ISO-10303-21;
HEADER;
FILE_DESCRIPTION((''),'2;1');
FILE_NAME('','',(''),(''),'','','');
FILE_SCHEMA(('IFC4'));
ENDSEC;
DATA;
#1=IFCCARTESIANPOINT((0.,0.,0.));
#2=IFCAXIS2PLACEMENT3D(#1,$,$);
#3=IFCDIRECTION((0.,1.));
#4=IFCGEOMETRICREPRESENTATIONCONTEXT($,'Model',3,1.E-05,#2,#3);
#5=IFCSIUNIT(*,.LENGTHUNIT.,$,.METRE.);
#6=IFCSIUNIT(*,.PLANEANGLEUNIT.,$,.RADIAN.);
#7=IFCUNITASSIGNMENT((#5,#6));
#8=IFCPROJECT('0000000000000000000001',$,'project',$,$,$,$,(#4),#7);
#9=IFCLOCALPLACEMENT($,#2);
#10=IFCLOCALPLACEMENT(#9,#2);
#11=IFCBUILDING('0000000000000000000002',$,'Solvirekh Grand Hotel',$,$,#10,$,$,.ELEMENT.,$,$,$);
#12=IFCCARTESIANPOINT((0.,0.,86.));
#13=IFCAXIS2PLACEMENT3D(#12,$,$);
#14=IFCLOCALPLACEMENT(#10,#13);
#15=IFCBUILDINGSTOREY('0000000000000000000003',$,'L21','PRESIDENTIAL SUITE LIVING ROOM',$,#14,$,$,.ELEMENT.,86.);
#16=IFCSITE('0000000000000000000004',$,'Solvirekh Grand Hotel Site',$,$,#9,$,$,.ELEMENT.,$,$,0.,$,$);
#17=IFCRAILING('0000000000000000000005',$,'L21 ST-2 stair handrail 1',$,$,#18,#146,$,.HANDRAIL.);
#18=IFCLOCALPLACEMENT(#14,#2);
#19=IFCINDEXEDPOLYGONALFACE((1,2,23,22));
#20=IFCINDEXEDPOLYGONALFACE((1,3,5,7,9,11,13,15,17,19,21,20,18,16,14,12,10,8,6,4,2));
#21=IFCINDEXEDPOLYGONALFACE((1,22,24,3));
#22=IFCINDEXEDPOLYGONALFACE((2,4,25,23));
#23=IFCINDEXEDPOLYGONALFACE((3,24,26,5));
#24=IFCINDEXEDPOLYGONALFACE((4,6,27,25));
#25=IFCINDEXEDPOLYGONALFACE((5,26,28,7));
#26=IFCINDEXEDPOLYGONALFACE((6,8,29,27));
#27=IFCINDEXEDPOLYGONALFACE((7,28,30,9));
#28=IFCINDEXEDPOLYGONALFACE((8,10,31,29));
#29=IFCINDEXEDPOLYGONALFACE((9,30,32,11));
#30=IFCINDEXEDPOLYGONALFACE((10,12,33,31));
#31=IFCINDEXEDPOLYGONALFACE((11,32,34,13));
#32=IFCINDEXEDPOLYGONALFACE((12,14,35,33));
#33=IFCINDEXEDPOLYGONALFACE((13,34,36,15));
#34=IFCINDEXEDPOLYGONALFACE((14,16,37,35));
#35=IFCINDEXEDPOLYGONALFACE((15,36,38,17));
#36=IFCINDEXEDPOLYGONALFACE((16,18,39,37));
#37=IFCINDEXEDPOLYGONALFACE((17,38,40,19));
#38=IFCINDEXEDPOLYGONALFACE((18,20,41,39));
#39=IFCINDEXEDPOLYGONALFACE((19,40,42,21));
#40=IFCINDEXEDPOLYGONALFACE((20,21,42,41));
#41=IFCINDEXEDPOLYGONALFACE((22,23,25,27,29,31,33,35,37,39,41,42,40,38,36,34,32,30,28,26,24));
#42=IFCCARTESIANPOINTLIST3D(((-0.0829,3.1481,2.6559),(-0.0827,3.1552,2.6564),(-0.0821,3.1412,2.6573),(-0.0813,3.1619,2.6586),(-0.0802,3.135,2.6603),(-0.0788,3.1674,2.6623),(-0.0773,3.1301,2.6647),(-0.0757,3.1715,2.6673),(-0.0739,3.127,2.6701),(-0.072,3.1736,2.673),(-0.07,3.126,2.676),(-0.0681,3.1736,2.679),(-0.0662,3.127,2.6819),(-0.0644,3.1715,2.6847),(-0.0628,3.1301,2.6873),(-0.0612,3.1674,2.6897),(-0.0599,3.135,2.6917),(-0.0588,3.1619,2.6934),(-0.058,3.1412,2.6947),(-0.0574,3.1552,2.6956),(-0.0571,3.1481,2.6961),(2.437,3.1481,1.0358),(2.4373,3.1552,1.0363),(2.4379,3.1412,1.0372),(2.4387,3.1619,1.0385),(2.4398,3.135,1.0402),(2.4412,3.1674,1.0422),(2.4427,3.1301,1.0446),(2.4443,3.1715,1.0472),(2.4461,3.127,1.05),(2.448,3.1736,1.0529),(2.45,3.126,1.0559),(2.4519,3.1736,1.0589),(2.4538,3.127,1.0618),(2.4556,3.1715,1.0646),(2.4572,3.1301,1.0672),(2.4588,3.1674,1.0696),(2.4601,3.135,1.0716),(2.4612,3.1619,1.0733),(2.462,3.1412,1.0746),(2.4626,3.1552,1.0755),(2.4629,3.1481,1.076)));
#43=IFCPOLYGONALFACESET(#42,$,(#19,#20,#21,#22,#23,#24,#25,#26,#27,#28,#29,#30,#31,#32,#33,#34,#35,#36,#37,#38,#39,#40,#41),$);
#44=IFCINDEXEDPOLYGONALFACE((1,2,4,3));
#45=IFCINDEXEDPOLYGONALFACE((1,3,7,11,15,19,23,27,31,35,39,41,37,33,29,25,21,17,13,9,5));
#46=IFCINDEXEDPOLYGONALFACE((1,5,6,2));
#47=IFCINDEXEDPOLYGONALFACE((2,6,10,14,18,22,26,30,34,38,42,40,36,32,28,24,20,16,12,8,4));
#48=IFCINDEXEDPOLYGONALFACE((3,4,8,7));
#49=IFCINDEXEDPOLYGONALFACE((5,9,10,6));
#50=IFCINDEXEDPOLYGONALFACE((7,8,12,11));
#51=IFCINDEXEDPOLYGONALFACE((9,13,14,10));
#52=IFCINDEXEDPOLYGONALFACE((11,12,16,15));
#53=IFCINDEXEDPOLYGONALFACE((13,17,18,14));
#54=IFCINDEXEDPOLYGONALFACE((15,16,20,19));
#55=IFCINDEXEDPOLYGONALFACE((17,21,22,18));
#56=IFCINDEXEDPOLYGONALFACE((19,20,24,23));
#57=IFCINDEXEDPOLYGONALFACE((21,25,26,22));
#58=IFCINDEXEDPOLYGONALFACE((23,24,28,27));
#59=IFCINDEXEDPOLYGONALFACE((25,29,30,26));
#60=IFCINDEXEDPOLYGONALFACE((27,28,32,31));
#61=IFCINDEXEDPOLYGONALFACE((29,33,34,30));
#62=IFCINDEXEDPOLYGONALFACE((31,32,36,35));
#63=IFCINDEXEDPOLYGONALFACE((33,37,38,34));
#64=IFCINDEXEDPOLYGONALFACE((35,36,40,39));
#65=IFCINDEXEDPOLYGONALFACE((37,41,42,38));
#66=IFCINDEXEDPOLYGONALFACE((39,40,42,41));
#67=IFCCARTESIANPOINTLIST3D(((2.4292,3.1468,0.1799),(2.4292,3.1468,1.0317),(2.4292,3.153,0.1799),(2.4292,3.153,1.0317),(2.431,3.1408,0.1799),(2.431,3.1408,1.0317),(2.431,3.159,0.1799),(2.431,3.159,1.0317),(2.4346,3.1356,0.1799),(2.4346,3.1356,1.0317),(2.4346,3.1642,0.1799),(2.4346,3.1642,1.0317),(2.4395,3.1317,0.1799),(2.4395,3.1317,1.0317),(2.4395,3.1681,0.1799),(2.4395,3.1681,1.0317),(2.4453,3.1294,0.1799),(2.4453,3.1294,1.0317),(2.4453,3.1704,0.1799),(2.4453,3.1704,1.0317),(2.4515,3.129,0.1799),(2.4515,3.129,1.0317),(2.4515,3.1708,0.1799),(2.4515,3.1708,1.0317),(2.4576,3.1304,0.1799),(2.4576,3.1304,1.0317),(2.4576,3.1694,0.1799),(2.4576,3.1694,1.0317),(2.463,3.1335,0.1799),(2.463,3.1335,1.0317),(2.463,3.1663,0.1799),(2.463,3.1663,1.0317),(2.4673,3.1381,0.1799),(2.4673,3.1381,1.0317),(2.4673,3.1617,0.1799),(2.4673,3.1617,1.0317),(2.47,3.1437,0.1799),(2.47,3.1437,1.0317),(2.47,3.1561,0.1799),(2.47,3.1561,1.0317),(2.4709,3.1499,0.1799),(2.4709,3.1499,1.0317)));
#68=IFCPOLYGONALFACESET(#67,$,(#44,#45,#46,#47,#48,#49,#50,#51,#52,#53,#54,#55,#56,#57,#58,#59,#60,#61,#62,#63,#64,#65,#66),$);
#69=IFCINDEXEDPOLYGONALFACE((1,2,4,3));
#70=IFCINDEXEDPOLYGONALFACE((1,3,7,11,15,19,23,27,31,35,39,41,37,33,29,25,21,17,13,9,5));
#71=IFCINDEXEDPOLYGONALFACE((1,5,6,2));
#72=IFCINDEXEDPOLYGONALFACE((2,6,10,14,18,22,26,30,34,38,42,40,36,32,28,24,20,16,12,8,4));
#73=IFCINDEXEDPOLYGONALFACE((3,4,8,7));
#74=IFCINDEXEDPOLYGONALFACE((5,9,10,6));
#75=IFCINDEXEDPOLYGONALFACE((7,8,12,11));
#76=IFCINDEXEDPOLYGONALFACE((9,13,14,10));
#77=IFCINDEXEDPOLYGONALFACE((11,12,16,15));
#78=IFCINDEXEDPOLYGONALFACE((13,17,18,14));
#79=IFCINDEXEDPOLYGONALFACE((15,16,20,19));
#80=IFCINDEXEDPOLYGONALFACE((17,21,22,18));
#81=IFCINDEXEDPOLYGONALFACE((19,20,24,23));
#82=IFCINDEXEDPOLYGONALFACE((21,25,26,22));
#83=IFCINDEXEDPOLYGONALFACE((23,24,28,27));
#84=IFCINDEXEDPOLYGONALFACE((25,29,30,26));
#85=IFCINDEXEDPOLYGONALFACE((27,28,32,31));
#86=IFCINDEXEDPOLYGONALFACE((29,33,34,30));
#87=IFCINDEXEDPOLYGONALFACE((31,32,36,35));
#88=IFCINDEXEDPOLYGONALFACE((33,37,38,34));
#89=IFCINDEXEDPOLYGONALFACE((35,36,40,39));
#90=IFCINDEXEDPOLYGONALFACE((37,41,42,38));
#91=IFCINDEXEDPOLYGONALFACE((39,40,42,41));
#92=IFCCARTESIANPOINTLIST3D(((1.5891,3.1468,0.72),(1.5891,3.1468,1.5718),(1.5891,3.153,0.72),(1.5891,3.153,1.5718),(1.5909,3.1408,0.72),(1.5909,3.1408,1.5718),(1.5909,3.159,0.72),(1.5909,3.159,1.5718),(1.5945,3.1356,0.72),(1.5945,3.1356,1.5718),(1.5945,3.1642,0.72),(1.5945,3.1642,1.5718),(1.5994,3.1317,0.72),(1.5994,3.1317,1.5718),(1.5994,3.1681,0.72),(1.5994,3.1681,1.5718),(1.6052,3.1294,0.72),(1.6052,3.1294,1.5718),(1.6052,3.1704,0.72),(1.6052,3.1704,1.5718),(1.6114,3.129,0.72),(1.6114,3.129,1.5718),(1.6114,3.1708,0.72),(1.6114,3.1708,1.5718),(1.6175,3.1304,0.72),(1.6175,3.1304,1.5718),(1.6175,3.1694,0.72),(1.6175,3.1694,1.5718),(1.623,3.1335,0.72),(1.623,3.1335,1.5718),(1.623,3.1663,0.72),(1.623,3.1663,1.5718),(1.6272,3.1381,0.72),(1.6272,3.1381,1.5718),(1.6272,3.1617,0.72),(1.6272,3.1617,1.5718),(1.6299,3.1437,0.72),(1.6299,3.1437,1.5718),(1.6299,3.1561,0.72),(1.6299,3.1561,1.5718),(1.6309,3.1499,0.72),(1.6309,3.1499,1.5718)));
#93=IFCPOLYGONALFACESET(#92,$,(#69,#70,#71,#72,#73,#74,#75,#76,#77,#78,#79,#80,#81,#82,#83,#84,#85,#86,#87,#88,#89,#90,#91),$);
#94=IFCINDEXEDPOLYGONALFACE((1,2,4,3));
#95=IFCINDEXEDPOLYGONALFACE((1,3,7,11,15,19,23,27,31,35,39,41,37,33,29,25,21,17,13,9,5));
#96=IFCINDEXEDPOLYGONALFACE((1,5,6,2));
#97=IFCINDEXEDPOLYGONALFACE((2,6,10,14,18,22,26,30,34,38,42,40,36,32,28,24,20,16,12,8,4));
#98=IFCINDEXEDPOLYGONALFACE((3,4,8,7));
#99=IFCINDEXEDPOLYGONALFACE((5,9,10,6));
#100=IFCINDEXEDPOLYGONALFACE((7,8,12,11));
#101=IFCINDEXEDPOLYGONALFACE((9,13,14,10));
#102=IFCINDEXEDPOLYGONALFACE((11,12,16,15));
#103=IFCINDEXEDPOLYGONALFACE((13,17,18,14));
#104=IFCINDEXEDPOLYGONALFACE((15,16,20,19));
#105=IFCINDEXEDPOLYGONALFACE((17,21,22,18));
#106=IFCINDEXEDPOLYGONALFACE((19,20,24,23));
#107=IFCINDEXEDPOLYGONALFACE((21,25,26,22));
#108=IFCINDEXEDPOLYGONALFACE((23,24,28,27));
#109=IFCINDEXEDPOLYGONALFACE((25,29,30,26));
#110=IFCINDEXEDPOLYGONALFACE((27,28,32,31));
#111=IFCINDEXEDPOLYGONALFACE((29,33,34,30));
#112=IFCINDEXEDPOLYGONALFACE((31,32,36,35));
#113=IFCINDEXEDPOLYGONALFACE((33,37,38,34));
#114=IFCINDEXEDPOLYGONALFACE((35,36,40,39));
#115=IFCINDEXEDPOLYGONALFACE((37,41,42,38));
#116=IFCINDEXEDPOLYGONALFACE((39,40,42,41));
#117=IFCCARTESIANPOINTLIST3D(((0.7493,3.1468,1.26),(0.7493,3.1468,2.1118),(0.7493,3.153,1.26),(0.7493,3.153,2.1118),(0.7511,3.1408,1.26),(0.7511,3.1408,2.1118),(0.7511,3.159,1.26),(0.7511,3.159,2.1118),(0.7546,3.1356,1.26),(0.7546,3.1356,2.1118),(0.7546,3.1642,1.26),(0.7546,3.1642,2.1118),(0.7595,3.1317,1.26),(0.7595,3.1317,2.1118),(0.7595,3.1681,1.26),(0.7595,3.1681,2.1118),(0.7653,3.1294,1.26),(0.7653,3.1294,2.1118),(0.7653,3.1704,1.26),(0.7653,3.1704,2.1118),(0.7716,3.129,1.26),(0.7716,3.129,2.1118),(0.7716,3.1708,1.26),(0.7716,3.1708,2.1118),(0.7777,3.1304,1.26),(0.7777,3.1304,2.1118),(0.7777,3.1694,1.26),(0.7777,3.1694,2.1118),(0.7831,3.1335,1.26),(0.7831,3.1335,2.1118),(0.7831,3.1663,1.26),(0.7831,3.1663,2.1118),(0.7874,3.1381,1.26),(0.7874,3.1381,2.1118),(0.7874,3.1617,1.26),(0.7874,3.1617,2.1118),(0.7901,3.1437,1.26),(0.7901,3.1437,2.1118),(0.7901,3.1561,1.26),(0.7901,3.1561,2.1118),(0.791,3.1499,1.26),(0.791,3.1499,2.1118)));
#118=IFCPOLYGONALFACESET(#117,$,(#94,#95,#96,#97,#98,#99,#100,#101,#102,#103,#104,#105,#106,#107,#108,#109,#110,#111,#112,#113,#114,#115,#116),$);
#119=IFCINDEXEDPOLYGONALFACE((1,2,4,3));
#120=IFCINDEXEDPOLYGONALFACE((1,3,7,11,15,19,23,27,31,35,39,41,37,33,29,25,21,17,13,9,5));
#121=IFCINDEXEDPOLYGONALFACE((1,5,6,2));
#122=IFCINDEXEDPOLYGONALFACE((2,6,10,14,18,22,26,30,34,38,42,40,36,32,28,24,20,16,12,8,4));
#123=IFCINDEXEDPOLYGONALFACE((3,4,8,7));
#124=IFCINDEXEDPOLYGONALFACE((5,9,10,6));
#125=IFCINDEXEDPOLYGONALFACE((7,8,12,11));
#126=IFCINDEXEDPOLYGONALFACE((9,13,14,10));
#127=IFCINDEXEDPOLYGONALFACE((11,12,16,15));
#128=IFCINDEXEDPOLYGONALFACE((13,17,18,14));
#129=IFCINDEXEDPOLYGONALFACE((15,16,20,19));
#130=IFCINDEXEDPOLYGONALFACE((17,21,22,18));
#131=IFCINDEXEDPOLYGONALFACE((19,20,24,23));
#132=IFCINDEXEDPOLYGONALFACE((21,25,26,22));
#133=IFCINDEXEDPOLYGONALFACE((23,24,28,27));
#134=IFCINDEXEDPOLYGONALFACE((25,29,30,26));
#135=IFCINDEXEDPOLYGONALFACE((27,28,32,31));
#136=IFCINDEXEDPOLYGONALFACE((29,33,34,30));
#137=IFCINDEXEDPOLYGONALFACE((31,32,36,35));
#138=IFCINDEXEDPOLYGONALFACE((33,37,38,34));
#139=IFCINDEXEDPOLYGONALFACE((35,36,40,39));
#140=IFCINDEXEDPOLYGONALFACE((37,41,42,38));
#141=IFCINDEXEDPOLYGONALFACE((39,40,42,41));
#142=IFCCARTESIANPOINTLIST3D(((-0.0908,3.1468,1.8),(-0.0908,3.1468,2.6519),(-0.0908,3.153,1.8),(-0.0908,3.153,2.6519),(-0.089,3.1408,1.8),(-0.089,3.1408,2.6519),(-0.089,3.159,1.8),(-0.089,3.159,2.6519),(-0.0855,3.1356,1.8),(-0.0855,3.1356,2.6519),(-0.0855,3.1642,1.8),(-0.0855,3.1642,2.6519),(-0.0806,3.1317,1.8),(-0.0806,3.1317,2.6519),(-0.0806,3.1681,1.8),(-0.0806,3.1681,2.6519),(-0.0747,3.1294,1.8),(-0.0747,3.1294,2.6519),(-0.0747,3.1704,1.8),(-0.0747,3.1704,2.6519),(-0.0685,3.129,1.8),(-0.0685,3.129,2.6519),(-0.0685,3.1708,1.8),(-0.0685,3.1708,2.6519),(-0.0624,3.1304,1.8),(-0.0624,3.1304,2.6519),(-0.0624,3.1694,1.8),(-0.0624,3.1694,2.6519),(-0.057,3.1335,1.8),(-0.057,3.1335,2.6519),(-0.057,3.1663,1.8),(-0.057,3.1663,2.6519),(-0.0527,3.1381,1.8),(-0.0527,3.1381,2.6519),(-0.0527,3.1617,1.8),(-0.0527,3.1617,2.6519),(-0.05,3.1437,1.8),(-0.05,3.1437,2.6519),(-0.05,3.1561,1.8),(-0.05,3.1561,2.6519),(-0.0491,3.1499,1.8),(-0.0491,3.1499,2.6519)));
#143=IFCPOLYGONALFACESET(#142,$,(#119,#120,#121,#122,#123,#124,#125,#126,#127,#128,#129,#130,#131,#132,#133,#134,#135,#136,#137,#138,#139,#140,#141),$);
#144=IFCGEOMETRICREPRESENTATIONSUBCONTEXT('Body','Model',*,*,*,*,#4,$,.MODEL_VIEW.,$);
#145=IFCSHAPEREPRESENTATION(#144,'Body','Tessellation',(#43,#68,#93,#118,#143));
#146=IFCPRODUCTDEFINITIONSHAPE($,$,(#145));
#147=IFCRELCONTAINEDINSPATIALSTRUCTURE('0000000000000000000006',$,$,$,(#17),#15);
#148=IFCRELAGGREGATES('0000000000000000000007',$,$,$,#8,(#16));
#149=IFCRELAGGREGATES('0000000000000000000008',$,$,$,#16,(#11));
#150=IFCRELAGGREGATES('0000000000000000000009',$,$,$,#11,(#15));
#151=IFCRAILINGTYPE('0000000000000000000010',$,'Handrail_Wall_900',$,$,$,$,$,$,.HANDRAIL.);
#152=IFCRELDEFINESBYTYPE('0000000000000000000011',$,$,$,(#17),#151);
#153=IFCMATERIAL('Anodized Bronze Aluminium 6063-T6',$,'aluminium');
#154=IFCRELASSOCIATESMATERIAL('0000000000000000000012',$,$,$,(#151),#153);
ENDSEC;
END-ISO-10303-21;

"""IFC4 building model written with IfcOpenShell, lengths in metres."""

from ifc_helpers import new_model, si_unit, direction, frame, origin, origin_2d, place, context, subcontext, project, spatial, circle, extrude, material, type_object, element, save


model = new_model("IFC4")

# Units and contexts
model_context = context("Model", 3, precision=1e-05, world=origin(), true_north=direction((0.0, 1.0)))
body_context = subcontext(model_context, "Body", "Model", "MODEL_VIEW")
ifc_project = project(units=[si_unit("LENGTHUNIT", "METRE"), si_unit("PLANEANGLEUNIT", "RADIAN")], contexts=[model_context])

# Site, building, storey
site_placement = place(None, origin())
site = spatial("IfcSite", under=ifc_project, at=site_placement, Name="Solvirekh Grand Hotel Site", CompositionType="ELEMENT", RefElevation=0.0)
building_placement = place(site_placement, origin())
building = spatial("IfcBuilding", under=site, at=building_placement, Name="Solvirekh Grand Hotel", CompositionType="ELEMENT")
storey_placement = place(building_placement, frame((0.0, 0.0, 86.0)))
storey = spatial("IfcBuildingStorey", under=building, at=storey_placement, Name="L21", Description="PRESIDENTIAL SUITE LIVING ROOM", CompositionType="ELEMENT", Elevation=86.0)

# Shared definitions
ifc_material_1 = material(Name="Anodized Bronze Aluminium 6063-T6", Category="aluminium")

# Railing
railing_type_1 = type_object("IfcRailingType", Name="Handrail_Wall_900", PredefinedType="HANDRAIL", material=ifc_material_1)
railing_1_placement = place(storey_placement, frame((2.45, 3.1499, 0.1799)))
element("IfcRailing", 1, at=railing_1_placement, inside=storey, type_object=railing_type_1, Name="L21 ST-2 stair handrail 1", PredefinedType="HANDRAIL", context=body_context, shape_type="SweptSolid", body=[
    extrude(circle(Radius=0.0239, at=origin_2d()), frame((0.0, 0.0, 0.876), z_axis=(-0.841163, 0.0, 0.540782), x_axis=(0.0, -1.0, 0.0)), (0.0, 0.0, 1.0), 2.9958),
    extrude(circle(Radius=0.021, at=origin_2d()), origin(), (0.0, 0.0, 1.0), 0.8518),
    extrude(circle(Radius=0.021, at=origin_2d()), frame((-0.8401, 0.0, 0.54)), (0.0, 0.0, 1.0), 0.8518),
    extrude(circle(Radius=0.021, at=origin_2d()), frame((-1.6799, 0.0, 1.0801)), (0.0, 0.0, 1.0), 0.8518),
    extrude(circle(Radius=0.021, at=origin_2d()), frame((-2.52, 0.0, 1.6201)), (0.0, 0.0, 1.0), 0.8518),
])

save(model, "model.ifc")
